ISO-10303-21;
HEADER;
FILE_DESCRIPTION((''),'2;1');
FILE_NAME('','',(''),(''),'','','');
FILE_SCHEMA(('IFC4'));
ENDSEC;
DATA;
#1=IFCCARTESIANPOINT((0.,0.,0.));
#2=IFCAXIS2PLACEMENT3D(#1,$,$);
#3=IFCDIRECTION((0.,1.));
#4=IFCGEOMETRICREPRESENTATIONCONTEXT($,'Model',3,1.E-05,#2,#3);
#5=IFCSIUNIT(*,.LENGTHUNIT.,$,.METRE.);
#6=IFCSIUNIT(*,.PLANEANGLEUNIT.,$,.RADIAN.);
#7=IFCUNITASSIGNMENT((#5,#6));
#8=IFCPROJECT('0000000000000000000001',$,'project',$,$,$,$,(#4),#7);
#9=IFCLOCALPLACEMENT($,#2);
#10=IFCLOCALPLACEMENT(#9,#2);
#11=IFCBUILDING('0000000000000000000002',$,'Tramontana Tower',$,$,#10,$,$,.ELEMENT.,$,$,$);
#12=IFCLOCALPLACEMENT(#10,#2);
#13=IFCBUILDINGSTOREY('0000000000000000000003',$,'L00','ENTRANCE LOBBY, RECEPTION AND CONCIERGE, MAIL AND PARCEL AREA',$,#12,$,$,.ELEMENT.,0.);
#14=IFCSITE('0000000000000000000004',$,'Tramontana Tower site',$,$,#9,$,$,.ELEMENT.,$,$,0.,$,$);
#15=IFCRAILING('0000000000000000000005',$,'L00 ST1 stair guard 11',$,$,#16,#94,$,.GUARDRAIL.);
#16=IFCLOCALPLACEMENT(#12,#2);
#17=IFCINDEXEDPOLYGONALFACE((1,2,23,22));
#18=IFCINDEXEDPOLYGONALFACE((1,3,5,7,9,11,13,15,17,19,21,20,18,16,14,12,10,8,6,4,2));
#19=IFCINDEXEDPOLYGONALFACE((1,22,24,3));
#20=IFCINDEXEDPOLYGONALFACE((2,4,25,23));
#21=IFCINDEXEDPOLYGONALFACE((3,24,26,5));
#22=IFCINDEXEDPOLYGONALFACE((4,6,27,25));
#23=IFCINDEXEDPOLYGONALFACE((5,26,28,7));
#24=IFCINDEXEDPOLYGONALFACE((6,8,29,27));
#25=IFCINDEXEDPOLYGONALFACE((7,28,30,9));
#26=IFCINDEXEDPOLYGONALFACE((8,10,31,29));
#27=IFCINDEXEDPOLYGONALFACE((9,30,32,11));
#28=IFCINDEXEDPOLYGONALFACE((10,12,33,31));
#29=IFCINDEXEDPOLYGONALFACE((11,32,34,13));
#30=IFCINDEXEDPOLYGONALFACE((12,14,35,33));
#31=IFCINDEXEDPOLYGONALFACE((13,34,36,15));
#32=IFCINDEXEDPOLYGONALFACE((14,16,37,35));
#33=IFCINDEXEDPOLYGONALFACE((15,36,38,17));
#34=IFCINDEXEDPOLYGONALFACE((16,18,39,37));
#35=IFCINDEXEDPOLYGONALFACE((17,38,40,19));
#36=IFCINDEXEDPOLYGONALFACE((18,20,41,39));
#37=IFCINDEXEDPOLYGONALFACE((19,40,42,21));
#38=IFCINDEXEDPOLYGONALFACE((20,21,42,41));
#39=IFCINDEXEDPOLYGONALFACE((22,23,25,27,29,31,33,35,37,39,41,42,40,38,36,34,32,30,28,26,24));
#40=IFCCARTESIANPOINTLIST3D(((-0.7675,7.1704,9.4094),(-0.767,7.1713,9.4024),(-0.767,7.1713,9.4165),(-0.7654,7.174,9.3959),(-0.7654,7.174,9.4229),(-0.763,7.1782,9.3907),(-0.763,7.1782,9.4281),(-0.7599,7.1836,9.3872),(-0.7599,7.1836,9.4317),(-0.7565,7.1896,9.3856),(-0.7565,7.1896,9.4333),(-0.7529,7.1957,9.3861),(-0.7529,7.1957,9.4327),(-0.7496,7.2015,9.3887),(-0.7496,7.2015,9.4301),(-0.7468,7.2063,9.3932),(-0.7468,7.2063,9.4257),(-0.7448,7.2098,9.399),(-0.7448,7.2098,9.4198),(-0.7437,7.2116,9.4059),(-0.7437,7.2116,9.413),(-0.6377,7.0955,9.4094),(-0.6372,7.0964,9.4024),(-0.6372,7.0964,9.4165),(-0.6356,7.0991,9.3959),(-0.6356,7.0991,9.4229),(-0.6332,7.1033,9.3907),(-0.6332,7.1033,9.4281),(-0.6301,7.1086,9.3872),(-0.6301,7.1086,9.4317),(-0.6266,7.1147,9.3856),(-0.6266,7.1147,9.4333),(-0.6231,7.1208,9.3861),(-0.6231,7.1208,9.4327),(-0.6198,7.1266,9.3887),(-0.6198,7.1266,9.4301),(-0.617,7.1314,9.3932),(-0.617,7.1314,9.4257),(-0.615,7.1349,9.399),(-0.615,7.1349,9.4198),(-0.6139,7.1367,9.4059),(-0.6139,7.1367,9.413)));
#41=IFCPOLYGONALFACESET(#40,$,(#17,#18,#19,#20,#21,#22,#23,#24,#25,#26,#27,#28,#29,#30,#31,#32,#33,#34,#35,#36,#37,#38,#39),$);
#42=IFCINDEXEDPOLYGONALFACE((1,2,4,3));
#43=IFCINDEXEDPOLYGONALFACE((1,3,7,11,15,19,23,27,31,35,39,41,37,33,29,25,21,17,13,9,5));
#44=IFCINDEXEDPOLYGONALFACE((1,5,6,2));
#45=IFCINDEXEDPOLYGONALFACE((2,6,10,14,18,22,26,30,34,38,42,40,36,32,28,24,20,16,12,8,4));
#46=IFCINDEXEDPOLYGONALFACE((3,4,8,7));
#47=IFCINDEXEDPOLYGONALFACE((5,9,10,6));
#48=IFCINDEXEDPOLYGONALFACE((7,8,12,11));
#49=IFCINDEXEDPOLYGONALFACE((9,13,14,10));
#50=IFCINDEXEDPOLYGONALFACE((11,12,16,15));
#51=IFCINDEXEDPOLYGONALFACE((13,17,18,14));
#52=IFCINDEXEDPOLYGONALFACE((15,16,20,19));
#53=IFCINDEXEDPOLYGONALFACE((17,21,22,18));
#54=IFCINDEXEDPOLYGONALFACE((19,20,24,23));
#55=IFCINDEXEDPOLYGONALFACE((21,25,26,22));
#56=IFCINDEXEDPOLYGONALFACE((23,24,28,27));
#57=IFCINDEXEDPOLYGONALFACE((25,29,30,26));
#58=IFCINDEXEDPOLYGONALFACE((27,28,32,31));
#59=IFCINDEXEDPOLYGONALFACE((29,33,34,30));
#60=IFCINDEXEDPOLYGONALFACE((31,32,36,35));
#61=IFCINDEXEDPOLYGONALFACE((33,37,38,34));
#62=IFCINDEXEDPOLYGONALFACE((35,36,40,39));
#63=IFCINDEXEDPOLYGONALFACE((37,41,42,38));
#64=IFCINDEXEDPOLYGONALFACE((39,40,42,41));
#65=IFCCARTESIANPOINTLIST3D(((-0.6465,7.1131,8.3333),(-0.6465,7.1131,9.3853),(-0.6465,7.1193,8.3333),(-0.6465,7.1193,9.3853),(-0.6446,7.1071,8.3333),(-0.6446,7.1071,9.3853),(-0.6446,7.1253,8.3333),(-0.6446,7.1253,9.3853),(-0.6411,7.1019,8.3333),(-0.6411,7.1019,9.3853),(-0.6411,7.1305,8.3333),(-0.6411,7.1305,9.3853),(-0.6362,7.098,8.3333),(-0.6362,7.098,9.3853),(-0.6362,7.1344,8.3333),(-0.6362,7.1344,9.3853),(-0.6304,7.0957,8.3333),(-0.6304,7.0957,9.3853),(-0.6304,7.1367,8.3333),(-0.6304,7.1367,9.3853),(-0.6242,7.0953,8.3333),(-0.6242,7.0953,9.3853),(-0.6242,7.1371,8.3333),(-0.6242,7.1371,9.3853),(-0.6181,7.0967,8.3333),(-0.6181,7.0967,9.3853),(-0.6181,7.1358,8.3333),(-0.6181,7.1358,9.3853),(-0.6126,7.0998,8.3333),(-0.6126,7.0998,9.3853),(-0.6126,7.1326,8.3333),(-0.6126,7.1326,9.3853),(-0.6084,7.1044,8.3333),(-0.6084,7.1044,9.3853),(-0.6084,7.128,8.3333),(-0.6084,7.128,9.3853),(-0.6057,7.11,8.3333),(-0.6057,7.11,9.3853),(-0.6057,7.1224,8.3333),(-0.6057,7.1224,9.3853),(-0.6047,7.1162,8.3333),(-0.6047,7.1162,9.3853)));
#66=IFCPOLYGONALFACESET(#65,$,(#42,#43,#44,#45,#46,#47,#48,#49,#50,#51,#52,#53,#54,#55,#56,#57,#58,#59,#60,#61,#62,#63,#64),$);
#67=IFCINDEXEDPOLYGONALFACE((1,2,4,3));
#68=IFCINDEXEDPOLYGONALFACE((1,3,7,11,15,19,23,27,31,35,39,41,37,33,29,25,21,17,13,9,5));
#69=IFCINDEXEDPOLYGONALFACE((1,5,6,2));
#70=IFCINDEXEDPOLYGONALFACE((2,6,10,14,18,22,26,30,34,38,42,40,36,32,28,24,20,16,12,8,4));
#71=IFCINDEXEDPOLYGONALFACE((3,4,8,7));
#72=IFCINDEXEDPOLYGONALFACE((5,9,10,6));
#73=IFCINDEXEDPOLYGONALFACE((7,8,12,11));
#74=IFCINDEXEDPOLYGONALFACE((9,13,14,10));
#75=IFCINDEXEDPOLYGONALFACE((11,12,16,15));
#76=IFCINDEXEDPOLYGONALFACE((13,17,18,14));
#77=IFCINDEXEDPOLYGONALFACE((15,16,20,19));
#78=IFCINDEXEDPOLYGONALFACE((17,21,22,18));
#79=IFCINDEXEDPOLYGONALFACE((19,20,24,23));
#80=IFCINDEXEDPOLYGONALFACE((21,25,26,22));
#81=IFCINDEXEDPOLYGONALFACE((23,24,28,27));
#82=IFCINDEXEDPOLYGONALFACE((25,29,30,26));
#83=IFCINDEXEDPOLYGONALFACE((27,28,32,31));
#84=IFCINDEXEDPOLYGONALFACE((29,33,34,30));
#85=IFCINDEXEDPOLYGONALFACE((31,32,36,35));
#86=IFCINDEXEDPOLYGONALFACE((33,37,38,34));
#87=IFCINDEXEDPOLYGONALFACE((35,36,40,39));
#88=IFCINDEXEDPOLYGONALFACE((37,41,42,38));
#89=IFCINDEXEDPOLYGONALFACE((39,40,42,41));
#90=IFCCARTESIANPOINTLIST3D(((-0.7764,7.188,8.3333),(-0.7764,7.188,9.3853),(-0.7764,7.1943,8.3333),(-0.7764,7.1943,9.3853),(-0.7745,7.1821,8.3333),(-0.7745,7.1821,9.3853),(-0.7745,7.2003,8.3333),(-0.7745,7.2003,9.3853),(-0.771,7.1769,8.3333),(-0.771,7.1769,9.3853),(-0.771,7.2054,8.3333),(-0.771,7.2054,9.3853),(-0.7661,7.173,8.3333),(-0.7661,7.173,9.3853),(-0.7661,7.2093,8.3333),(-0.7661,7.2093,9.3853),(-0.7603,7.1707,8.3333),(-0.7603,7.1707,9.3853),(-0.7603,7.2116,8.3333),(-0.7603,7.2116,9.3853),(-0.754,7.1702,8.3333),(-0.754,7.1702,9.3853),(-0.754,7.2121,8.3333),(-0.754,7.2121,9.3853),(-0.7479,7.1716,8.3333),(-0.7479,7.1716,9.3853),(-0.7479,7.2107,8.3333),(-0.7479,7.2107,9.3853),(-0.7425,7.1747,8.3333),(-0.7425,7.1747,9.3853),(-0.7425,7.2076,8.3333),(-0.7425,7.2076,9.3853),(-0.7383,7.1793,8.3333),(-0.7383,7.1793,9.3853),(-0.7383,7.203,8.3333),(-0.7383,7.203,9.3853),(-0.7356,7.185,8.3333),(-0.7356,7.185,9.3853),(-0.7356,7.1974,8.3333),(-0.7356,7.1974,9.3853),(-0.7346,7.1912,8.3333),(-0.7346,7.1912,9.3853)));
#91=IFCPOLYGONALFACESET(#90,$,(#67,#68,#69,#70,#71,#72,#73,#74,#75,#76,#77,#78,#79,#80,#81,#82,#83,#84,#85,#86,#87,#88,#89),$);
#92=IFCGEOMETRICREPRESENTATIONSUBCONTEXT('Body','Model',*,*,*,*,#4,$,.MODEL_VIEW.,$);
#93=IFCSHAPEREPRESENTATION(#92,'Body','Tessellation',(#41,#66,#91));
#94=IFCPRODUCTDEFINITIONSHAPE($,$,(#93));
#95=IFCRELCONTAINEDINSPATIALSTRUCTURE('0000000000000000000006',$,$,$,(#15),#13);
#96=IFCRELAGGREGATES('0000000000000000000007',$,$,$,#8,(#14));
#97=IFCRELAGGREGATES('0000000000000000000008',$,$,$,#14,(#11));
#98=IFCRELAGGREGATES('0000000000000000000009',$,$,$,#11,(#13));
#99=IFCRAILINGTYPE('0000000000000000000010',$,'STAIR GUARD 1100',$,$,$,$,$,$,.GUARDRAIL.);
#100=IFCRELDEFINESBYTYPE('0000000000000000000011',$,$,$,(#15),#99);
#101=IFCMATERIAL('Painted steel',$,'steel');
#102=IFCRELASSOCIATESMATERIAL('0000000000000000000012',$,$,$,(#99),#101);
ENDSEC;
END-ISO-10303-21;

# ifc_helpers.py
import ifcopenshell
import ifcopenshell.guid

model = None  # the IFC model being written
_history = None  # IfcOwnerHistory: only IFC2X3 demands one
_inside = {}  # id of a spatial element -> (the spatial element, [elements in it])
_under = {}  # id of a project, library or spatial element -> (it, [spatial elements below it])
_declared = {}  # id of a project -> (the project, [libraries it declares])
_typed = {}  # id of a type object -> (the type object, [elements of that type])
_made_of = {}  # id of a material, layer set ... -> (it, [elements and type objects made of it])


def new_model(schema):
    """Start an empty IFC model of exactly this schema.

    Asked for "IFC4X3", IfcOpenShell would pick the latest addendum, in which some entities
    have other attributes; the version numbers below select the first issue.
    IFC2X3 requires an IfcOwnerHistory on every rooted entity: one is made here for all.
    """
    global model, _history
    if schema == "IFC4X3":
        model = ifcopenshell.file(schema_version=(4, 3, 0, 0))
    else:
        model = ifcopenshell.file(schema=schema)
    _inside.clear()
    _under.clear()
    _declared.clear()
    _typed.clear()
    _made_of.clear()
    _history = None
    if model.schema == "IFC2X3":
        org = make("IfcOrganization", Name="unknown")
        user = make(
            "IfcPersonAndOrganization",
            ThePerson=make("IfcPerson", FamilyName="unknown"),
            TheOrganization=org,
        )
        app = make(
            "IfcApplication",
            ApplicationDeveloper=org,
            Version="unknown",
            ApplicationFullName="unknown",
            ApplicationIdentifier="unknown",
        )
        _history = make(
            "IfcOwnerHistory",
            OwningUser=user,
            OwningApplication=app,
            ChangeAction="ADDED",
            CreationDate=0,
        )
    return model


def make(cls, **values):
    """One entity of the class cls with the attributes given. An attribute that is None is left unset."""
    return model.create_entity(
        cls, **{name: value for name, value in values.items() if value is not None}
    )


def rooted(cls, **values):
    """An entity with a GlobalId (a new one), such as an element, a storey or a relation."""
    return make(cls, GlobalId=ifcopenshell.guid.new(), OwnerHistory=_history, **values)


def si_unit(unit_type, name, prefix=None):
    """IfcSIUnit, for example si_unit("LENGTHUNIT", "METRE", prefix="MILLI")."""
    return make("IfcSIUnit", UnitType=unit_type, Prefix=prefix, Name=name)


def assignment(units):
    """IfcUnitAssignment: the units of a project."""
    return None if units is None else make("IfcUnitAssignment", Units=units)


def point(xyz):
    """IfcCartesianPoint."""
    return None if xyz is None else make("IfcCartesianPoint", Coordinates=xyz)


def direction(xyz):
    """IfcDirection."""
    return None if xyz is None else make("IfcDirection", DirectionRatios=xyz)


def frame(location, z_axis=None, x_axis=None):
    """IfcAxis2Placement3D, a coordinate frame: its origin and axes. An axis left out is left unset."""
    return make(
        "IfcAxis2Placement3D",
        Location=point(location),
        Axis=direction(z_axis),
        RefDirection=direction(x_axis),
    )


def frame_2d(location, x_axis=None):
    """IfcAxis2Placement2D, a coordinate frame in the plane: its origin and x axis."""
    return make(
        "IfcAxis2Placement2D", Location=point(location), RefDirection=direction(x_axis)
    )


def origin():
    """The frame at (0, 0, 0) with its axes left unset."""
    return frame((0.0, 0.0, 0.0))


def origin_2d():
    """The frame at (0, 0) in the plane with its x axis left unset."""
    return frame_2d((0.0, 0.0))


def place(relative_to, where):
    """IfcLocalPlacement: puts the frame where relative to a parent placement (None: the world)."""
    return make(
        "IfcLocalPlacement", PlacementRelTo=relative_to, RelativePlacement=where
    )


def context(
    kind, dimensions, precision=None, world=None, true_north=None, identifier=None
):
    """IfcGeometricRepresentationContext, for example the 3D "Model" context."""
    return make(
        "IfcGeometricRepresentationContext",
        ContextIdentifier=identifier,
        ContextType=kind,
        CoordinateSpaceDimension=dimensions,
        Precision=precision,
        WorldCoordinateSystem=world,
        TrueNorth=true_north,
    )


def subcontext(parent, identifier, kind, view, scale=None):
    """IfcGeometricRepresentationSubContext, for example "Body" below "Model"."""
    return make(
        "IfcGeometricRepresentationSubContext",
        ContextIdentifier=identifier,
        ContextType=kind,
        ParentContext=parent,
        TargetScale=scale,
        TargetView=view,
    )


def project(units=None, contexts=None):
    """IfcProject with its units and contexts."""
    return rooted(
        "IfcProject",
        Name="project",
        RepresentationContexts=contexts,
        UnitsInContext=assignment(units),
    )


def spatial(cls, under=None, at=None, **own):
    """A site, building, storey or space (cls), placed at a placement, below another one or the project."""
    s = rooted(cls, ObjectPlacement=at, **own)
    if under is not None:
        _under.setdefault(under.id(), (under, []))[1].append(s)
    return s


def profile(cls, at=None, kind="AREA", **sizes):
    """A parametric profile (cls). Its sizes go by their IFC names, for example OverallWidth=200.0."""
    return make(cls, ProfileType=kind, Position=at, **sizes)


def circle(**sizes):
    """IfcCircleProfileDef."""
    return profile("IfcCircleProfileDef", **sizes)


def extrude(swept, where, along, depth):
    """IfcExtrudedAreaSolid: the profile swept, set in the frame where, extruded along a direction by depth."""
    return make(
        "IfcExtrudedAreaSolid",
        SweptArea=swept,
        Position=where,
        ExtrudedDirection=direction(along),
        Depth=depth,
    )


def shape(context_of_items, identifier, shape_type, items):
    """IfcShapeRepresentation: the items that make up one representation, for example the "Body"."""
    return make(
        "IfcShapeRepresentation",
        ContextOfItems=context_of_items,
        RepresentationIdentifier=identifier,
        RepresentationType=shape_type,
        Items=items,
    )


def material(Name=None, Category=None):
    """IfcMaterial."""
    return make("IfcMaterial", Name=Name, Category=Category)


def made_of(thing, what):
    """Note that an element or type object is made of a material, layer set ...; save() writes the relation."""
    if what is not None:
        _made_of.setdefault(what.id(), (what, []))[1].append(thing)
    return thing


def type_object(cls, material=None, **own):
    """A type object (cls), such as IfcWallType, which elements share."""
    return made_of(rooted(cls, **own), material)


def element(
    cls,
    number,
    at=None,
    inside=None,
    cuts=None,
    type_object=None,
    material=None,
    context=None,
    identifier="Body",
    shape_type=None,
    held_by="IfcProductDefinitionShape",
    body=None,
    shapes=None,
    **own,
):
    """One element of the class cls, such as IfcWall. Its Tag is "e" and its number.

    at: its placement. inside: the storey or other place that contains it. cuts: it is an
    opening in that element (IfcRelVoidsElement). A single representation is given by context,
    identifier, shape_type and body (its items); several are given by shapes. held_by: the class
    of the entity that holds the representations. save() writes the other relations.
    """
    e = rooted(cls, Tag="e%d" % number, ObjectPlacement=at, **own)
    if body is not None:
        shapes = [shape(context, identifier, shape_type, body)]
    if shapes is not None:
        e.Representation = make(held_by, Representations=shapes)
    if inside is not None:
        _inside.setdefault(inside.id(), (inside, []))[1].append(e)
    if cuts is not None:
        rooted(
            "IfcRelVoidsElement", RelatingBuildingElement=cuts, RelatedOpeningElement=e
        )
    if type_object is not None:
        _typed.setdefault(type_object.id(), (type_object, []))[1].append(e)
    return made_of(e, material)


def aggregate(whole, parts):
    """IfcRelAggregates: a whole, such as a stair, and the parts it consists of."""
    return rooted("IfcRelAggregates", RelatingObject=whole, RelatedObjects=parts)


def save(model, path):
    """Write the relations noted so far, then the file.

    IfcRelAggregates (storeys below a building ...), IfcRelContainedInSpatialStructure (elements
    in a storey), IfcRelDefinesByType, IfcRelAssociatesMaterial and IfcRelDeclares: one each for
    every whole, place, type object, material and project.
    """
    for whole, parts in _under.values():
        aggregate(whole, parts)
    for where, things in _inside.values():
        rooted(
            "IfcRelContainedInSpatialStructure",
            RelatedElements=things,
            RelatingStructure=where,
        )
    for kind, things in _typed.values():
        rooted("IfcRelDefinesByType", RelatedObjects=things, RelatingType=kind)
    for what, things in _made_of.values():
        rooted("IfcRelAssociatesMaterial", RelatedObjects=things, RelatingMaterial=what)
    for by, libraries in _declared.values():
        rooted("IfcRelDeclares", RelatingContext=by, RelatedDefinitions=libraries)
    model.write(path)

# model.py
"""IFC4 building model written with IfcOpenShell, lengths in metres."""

from ifc_helpers import new_model, si_unit, direction, frame, origin, origin_2d, place, context, subcontext, project, spatial, circle, extrude, material, type_object, element, save


model = new_model("IFC4")

# Units and contexts
model_context = context("Model", 3, precision=1e-05, world=origin(), true_north=direction((0.0, 1.0)))
body_context = subcontext(model_context, "Body", "Model", "MODEL_VIEW")
ifc_project = project(units=[si_unit("LENGTHUNIT", "METRE"), si_unit("PLANEANGLEUNIT", "RADIAN")], contexts=[model_context])

# Site, building, storey
site_placement = place(None, origin())
site = spatial("IfcSite", under=ifc_project, at=site_placement, Name="Tramontana Tower site", CompositionType="ELEMENT", RefElevation=0.0)
building_placement = place(site_placement, origin())
building = spatial("IfcBuilding", under=site, at=building_placement, Name="Tramontana Tower", CompositionType="ELEMENT")
storey_placement = place(building_placement, origin())
storey = spatial("IfcBuildingStorey", under=building, at=storey_placement, Name="L00", Description="ENTRANCE LOBBY, RECEPTION AND CONCIERGE, MAIL AND PARCEL AREA", CompositionType="ELEMENT", Elevation=0.0)

# Railing
ifc_material_1 = material(Name="Painted steel", Category="steel")
railing_type = type_object("IfcRailingType", Name="STAIR GUARD 1100", PredefinedType="GUARDRAIL", material=ifc_material_1)
for number, where, name in (
    (1, (-0.6257, 7.1162, 8.3333), "L00 ST1 stair guard 11"),
):
    element("IfcRailing", number, at=place(storey_placement, frame(where)), inside=storey, type_object=railing_type, Name=name, PredefinedType="GUARDRAIL", context=body_context, shape_type="SweptSolid", body=[
        extrude(circle(Radius=0.0239, at=origin_2d()), frame((0.0, 0.0, 1.0762), z_axis=(-0.866131, 0.499816, 0.0), x_axis=(-0.499816, -0.866131, 0.0)), (0.0, 0.0, 1.0), 0.1499),
        extrude(circle(Radius=0.021, at=origin_2d()), origin(), (0.0, 0.0, 1.0), 1.052),
        extrude(circle(Radius=0.021, at=origin_2d()), frame((-0.1299, 0.075, 0.0)), (0.0, 0.0, 1.0), 1.052),
    ])

save(model, "model.ifc")
